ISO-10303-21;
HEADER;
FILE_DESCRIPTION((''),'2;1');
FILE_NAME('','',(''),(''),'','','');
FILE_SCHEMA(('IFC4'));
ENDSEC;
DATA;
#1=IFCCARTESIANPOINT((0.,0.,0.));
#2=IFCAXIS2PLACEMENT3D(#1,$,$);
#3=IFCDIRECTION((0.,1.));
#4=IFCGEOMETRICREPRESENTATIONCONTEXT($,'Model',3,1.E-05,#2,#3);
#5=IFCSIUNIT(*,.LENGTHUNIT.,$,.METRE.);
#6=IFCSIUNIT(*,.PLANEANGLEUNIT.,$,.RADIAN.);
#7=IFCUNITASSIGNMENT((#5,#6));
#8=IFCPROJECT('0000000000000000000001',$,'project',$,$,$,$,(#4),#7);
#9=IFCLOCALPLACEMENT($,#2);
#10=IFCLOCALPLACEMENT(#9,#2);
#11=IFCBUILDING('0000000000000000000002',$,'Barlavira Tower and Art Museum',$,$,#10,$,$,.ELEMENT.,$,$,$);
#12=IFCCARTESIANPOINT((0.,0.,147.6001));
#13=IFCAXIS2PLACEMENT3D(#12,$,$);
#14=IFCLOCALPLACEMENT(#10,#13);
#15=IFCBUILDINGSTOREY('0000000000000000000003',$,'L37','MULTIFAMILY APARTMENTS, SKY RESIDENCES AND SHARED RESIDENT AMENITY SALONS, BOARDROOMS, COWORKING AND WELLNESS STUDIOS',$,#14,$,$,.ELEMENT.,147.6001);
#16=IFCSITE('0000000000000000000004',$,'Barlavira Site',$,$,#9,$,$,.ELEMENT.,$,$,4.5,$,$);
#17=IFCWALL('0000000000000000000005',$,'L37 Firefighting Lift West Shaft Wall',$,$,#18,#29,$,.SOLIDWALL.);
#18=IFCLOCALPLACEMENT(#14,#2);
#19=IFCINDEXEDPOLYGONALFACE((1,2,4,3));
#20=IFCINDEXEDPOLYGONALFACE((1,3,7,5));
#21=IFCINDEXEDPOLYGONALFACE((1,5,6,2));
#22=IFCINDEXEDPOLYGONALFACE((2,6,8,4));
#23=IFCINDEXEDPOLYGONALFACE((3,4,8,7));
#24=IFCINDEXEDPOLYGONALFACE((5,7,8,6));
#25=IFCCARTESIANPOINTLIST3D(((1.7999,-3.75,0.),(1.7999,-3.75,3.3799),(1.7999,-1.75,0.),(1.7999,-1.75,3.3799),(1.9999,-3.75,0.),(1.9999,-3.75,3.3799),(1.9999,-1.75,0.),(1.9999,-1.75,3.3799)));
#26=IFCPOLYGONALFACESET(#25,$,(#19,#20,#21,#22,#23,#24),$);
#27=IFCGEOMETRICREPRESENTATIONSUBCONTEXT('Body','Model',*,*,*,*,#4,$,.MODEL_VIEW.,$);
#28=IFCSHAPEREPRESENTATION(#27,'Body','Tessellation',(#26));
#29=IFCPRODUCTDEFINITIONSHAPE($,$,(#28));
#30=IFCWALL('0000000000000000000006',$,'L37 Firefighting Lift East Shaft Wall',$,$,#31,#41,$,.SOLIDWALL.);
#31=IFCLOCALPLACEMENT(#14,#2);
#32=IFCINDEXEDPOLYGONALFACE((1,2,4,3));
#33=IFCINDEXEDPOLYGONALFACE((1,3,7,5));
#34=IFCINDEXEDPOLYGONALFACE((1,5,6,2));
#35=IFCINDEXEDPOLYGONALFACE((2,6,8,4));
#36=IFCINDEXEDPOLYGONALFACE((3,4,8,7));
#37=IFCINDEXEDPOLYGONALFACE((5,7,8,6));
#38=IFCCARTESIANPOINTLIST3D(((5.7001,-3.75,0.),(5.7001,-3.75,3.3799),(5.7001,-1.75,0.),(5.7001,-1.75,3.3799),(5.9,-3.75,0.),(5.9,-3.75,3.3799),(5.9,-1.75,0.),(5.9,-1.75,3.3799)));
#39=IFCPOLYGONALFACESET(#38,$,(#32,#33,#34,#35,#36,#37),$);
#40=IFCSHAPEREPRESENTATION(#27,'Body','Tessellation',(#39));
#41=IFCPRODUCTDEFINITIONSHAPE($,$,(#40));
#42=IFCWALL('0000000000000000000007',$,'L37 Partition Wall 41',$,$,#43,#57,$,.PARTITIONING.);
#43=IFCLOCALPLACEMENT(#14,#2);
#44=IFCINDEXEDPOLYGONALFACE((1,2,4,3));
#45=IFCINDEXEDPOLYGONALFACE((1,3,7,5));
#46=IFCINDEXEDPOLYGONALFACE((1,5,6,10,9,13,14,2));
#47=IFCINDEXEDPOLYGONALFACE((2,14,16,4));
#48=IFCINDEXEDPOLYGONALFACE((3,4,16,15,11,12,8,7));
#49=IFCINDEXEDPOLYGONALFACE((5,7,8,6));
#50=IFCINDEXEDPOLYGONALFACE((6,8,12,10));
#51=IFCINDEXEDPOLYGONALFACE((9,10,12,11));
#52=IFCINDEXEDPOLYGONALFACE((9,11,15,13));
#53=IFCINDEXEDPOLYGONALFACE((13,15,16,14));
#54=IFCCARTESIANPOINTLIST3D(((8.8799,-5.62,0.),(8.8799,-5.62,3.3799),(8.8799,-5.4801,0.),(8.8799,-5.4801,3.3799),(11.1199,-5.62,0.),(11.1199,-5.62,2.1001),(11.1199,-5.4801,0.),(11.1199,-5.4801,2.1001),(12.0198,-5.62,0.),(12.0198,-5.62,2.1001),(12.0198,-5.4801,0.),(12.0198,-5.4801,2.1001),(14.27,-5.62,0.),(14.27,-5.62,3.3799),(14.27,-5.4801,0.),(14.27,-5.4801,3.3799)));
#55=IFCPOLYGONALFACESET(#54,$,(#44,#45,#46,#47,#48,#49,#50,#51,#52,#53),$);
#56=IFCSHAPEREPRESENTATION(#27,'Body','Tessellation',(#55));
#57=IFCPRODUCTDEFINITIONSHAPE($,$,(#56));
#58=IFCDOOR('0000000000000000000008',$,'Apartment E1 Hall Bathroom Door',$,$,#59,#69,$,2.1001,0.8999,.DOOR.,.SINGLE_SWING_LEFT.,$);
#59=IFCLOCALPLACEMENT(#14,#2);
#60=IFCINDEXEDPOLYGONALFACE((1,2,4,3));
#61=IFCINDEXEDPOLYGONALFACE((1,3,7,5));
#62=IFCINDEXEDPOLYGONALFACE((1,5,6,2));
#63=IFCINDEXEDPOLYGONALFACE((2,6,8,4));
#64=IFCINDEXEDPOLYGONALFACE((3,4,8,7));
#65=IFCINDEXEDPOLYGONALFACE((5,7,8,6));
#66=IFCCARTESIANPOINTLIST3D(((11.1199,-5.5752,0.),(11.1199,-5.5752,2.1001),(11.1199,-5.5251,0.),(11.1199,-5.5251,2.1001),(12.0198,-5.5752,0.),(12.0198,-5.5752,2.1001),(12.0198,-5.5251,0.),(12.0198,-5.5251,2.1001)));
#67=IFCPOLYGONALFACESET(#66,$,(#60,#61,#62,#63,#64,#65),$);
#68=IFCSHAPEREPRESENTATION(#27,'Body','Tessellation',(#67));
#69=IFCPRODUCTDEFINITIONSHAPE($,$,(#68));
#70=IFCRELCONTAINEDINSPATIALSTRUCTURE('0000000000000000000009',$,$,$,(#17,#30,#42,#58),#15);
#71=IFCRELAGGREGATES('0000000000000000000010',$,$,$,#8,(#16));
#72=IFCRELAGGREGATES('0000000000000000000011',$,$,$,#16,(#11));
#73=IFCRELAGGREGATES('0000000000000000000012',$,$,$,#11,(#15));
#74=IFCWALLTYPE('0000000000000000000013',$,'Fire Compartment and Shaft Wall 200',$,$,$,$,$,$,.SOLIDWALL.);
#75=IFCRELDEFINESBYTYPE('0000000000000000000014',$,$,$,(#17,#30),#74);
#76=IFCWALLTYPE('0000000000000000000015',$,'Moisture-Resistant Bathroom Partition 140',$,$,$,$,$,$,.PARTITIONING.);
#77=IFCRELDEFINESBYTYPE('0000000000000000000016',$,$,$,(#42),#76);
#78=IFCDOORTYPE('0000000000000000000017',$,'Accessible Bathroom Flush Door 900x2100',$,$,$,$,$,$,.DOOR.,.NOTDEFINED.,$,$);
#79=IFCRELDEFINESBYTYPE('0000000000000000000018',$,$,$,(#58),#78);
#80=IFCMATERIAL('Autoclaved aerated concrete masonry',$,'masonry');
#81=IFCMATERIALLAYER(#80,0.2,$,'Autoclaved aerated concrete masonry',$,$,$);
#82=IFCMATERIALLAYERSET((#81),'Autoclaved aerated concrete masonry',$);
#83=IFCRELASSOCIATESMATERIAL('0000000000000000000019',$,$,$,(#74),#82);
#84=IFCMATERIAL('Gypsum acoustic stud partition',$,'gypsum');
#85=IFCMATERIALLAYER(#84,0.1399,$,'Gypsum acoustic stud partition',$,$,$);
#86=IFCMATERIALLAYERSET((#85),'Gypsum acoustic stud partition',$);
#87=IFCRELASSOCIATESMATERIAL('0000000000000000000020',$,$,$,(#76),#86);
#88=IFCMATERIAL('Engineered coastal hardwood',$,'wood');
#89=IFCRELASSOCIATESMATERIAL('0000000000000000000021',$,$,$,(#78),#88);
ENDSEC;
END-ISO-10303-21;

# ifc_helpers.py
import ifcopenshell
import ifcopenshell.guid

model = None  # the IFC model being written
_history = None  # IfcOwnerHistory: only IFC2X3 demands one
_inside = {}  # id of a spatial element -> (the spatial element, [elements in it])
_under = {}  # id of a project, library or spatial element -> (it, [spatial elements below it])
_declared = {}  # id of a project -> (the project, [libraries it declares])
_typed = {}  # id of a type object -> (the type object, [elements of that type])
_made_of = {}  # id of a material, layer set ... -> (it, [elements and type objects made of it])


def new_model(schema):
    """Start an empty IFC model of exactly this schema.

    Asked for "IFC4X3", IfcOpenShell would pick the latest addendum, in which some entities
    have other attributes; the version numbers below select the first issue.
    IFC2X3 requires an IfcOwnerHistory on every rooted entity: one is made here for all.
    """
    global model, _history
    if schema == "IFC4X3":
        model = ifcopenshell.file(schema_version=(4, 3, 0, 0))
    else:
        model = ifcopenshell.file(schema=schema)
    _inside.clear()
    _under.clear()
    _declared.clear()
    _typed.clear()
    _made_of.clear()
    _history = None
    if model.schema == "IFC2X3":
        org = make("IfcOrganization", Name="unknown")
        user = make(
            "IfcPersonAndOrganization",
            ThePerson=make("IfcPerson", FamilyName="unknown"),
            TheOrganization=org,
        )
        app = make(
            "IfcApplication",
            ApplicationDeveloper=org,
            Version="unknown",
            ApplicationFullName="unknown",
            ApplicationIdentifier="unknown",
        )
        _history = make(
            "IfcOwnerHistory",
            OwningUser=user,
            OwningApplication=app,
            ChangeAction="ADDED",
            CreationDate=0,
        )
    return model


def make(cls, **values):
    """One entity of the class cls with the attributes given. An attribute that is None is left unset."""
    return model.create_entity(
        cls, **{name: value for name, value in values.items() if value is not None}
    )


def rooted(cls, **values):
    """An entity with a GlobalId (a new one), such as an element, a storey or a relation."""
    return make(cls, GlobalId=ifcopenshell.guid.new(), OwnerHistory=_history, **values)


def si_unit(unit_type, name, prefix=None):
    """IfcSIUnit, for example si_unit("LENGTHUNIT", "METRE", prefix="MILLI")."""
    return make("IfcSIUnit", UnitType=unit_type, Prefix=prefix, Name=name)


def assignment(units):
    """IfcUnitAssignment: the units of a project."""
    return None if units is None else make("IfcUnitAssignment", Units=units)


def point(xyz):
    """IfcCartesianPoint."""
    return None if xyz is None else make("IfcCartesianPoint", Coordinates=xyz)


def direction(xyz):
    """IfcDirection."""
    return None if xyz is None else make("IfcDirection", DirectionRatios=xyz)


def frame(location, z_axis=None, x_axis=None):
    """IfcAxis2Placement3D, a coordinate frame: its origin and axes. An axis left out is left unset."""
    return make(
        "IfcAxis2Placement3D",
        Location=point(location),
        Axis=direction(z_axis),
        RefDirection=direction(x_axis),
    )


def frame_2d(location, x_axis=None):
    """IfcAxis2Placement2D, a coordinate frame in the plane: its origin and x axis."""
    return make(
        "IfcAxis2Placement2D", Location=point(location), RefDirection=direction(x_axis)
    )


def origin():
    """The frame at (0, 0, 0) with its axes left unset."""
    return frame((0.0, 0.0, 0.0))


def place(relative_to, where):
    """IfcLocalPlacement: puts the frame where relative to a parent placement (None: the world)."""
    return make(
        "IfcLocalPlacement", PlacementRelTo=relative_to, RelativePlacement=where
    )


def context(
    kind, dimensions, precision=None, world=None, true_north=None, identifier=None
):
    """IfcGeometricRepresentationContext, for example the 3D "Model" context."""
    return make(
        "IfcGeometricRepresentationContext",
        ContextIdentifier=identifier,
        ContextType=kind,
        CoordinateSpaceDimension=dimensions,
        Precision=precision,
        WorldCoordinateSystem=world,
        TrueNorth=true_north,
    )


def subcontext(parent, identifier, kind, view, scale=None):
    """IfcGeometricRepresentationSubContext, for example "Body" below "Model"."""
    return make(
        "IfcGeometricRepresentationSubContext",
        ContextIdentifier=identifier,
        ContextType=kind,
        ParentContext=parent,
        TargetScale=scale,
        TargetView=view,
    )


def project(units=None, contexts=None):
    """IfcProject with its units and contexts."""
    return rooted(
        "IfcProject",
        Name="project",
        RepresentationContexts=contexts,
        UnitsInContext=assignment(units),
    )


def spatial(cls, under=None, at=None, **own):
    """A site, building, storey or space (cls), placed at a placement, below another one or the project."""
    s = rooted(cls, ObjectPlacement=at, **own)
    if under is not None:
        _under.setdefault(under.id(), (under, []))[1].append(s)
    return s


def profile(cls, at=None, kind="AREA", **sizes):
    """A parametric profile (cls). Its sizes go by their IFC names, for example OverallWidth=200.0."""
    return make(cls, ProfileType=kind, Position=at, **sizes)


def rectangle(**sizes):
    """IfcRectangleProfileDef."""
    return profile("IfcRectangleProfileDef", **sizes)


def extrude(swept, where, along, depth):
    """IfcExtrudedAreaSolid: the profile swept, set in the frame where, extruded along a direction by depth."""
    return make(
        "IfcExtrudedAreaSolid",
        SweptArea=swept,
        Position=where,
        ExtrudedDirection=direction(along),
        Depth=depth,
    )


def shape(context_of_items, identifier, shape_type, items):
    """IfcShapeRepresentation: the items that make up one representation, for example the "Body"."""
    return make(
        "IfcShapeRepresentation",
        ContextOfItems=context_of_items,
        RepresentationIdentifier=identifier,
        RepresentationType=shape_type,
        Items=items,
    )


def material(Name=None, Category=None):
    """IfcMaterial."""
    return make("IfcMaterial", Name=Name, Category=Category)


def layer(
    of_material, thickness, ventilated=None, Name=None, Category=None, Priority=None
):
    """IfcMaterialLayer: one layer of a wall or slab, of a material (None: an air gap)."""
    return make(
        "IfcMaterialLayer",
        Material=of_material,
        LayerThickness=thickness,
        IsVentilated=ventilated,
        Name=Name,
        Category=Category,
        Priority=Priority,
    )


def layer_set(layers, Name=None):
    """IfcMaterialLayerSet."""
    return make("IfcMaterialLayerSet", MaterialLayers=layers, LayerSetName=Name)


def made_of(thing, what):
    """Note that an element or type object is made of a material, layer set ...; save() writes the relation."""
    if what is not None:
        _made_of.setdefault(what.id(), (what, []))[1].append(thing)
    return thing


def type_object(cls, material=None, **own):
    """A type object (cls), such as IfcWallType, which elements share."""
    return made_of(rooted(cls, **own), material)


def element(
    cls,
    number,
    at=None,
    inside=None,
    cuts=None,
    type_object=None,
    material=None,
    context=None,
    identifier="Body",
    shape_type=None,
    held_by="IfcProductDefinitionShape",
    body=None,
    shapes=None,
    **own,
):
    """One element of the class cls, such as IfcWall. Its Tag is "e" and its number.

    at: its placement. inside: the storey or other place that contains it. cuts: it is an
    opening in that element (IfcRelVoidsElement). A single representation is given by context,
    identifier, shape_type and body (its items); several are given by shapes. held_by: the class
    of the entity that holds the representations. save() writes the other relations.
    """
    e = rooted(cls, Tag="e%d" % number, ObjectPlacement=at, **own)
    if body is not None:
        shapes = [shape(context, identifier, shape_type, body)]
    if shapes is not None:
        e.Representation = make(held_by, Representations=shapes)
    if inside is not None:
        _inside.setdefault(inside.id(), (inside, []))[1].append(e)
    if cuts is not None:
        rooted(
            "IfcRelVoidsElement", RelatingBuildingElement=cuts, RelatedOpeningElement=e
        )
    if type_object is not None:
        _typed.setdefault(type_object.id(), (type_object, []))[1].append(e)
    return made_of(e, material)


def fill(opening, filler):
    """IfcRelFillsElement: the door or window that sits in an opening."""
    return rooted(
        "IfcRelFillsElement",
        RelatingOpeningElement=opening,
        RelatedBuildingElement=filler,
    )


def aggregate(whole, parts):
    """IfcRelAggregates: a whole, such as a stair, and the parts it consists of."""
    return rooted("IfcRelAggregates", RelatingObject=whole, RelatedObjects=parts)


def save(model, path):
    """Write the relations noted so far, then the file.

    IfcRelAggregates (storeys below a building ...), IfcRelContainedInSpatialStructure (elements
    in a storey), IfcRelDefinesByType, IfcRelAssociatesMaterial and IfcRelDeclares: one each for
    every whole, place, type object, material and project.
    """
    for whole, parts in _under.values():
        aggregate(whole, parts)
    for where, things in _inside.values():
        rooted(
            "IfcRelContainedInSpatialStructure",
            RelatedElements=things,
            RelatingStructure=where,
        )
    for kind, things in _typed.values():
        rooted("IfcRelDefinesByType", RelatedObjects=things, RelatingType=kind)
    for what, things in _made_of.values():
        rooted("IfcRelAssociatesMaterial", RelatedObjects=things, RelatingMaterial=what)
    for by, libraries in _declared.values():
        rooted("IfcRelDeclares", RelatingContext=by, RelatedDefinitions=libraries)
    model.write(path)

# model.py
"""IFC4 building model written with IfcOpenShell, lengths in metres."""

from ifc_helpers import new_model, si_unit, direction, frame, frame_2d, origin, place, context, subcontext, project, spatial, rectangle, extrude, material, layer, layer_set, type_object, element, fill, save


model = new_model("IFC4")

# Units and contexts
model_context = context("Model", 3, precision=1e-05, world=origin(), true_north=direction((0.0, 1.0)))
body_context = subcontext(model_context, "Body", "Model", "MODEL_VIEW")
ifc_project = project(units=[si_unit("LENGTHUNIT", "METRE"), si_unit("PLANEANGLEUNIT", "RADIAN")], contexts=[model_context])

# Site, building, storey
site_placement = place(None, origin())
site = spatial("IfcSite", under=ifc_project, at=site_placement, Name="Barlavira Site", CompositionType="ELEMENT", RefElevation=4.5)
building_placement = place(site_placement, origin())
building = spatial("IfcBuilding", under=site, at=building_placement, Name="Barlavira Tower and Art Museum", CompositionType="ELEMENT")
storey_placement = place(building_placement, frame((0.0, 0.0, 147.6001)))
storey = spatial("IfcBuildingStorey", under=building, at=storey_placement, Name="L37", Description="MULTIFAMILY APARTMENTS, SKY RESIDENCES AND SHARED RESIDENT AMENITY SALONS, BOARDROOMS, COWORKING AND WELLNESS STUDIOS", CompositionType="ELEMENT", Elevation=147.6001)

# Shared definitions
ifc_material_1 = material(Name="Gypsum acoustic stud partition", Category="gypsum")
ifc_material_2 = material(Name="Engineered coastal hardwood", Category="wood")

# Shared definitions
ifc_material_3 = material(Name="Autoclaved aerated concrete masonry", Category="masonry")
ifc_layer_1 = layer(ifc_material_3, 0.2, Name="Autoclaved aerated concrete masonry")
ifc_layer_set_1 = layer_set([ifc_layer_1], Name="Autoclaved aerated concrete masonry")
wall_type_1 = type_object("IfcWallType", Name="Fire Compartment and Shaft Wall 200", PredefinedType="SOLIDWALL", material=ifc_layer_set_1)

# Walls
for number, where, z_axis, x_axis, name in (
    (1, (1.8999, -3.75, 0.0), (0.0, 0.0, 1.0), (0.0, 1.0, 0.0), "L37 Firefighting Lift West Shaft Wall"),
    (2, (5.8, -3.75, 0.0), (0.0, 0.0, 1.0), (0.0, 1.0, 0.0), "L37 Firefighting Lift East Shaft Wall"),
):
    element("IfcWall", number, at=place(storey_placement, frame(where, z_axis=z_axis, x_axis=x_axis)), inside=storey, type_object=wall_type_1, Name=name, PredefinedType="SOLIDWALL", context=body_context, shape_type="SweptSolid", body=[
        extrude(rectangle(XDim=2.0, YDim=0.2, at=frame_2d((1.0, 0.0))), origin(), (0.0, 0.0, 1.0), 3.3799),
    ])

# Wall, opening, door
ifc_layer_2 = layer(ifc_material_1, 0.1399, Name="Gypsum acoustic stud partition")
ifc_layer_set_2 = layer_set([ifc_layer_2], Name="Gypsum acoustic stud partition")
wall_type_2 = type_object("IfcWallType", Name="Moisture-Resistant Bathroom Partition 140", PredefinedType="PARTITIONING", material=ifc_layer_set_2)
wall_1_placement = place(storey_placement, frame((8.8799, -5.55, 0.0), z_axis=(0.0, 0.0, 1.0), x_axis=(1.0, 0.0, 0.0)))
wall_1 = element("IfcWall", 3, at=wall_1_placement, inside=storey, type_object=wall_type_2, Name="L37 Partition Wall 41", PredefinedType="PARTITIONING", context=body_context, shape_type="SweptSolid", body=[
    extrude(rectangle(XDim=5.3901, YDim=0.1399, at=frame_2d((2.6951, 0.0))), origin(), (0.0, 0.0, 1.0), 3.3799),
])
opening_1_placement = place(wall_1_placement, frame((2.24, 0.0, 0.0)))
opening_1 = element("IfcOpeningElement", 4, at=opening_1_placement, cuts=wall_1, PredefinedType="OPENING", context=body_context, shape_type="SweptSolid", body=[
    extrude(rectangle(XDim=0.8999, YDim=2.1001, at=frame_2d((0.45, 1.05))), frame((0.0, 0.0801, 0.0), z_axis=(0.0, -1.0, 0.0), x_axis=(1.0, 0.0, 0.0)), (0.0, 0.0, 1.0), 0.1599),
])
door_type_1 = type_object("IfcDoorType", Name="Accessible Bathroom Flush Door 900x2100", OperationType="NOTDEFINED", PredefinedType="DOOR", material=ifc_material_2)
door_1_placement = place(opening_1_placement, origin())
door_1 = element("IfcDoor", 5, at=door_1_placement, inside=storey, type_object=door_type_1, Name="Apartment E1 Hall Bathroom Door", OperationType="SINGLE_SWING_LEFT", OverallHeight=2.1001, OverallWidth=0.8999, PredefinedType="DOOR", context=body_context, shape_type="SweptSolid", body=[
    extrude(rectangle(XDim=0.8999, YDim=2.1001, at=frame_2d((0.45, 1.05))), frame((0.0, 0.0249, 0.0), z_axis=(0.0, -1.0, 0.0), x_axis=(1.0, 0.0, 0.0)), (0.0, 0.0, 1.0), 0.05),
])
fill(opening_1, door_1)

save(model, "model.ifc")
